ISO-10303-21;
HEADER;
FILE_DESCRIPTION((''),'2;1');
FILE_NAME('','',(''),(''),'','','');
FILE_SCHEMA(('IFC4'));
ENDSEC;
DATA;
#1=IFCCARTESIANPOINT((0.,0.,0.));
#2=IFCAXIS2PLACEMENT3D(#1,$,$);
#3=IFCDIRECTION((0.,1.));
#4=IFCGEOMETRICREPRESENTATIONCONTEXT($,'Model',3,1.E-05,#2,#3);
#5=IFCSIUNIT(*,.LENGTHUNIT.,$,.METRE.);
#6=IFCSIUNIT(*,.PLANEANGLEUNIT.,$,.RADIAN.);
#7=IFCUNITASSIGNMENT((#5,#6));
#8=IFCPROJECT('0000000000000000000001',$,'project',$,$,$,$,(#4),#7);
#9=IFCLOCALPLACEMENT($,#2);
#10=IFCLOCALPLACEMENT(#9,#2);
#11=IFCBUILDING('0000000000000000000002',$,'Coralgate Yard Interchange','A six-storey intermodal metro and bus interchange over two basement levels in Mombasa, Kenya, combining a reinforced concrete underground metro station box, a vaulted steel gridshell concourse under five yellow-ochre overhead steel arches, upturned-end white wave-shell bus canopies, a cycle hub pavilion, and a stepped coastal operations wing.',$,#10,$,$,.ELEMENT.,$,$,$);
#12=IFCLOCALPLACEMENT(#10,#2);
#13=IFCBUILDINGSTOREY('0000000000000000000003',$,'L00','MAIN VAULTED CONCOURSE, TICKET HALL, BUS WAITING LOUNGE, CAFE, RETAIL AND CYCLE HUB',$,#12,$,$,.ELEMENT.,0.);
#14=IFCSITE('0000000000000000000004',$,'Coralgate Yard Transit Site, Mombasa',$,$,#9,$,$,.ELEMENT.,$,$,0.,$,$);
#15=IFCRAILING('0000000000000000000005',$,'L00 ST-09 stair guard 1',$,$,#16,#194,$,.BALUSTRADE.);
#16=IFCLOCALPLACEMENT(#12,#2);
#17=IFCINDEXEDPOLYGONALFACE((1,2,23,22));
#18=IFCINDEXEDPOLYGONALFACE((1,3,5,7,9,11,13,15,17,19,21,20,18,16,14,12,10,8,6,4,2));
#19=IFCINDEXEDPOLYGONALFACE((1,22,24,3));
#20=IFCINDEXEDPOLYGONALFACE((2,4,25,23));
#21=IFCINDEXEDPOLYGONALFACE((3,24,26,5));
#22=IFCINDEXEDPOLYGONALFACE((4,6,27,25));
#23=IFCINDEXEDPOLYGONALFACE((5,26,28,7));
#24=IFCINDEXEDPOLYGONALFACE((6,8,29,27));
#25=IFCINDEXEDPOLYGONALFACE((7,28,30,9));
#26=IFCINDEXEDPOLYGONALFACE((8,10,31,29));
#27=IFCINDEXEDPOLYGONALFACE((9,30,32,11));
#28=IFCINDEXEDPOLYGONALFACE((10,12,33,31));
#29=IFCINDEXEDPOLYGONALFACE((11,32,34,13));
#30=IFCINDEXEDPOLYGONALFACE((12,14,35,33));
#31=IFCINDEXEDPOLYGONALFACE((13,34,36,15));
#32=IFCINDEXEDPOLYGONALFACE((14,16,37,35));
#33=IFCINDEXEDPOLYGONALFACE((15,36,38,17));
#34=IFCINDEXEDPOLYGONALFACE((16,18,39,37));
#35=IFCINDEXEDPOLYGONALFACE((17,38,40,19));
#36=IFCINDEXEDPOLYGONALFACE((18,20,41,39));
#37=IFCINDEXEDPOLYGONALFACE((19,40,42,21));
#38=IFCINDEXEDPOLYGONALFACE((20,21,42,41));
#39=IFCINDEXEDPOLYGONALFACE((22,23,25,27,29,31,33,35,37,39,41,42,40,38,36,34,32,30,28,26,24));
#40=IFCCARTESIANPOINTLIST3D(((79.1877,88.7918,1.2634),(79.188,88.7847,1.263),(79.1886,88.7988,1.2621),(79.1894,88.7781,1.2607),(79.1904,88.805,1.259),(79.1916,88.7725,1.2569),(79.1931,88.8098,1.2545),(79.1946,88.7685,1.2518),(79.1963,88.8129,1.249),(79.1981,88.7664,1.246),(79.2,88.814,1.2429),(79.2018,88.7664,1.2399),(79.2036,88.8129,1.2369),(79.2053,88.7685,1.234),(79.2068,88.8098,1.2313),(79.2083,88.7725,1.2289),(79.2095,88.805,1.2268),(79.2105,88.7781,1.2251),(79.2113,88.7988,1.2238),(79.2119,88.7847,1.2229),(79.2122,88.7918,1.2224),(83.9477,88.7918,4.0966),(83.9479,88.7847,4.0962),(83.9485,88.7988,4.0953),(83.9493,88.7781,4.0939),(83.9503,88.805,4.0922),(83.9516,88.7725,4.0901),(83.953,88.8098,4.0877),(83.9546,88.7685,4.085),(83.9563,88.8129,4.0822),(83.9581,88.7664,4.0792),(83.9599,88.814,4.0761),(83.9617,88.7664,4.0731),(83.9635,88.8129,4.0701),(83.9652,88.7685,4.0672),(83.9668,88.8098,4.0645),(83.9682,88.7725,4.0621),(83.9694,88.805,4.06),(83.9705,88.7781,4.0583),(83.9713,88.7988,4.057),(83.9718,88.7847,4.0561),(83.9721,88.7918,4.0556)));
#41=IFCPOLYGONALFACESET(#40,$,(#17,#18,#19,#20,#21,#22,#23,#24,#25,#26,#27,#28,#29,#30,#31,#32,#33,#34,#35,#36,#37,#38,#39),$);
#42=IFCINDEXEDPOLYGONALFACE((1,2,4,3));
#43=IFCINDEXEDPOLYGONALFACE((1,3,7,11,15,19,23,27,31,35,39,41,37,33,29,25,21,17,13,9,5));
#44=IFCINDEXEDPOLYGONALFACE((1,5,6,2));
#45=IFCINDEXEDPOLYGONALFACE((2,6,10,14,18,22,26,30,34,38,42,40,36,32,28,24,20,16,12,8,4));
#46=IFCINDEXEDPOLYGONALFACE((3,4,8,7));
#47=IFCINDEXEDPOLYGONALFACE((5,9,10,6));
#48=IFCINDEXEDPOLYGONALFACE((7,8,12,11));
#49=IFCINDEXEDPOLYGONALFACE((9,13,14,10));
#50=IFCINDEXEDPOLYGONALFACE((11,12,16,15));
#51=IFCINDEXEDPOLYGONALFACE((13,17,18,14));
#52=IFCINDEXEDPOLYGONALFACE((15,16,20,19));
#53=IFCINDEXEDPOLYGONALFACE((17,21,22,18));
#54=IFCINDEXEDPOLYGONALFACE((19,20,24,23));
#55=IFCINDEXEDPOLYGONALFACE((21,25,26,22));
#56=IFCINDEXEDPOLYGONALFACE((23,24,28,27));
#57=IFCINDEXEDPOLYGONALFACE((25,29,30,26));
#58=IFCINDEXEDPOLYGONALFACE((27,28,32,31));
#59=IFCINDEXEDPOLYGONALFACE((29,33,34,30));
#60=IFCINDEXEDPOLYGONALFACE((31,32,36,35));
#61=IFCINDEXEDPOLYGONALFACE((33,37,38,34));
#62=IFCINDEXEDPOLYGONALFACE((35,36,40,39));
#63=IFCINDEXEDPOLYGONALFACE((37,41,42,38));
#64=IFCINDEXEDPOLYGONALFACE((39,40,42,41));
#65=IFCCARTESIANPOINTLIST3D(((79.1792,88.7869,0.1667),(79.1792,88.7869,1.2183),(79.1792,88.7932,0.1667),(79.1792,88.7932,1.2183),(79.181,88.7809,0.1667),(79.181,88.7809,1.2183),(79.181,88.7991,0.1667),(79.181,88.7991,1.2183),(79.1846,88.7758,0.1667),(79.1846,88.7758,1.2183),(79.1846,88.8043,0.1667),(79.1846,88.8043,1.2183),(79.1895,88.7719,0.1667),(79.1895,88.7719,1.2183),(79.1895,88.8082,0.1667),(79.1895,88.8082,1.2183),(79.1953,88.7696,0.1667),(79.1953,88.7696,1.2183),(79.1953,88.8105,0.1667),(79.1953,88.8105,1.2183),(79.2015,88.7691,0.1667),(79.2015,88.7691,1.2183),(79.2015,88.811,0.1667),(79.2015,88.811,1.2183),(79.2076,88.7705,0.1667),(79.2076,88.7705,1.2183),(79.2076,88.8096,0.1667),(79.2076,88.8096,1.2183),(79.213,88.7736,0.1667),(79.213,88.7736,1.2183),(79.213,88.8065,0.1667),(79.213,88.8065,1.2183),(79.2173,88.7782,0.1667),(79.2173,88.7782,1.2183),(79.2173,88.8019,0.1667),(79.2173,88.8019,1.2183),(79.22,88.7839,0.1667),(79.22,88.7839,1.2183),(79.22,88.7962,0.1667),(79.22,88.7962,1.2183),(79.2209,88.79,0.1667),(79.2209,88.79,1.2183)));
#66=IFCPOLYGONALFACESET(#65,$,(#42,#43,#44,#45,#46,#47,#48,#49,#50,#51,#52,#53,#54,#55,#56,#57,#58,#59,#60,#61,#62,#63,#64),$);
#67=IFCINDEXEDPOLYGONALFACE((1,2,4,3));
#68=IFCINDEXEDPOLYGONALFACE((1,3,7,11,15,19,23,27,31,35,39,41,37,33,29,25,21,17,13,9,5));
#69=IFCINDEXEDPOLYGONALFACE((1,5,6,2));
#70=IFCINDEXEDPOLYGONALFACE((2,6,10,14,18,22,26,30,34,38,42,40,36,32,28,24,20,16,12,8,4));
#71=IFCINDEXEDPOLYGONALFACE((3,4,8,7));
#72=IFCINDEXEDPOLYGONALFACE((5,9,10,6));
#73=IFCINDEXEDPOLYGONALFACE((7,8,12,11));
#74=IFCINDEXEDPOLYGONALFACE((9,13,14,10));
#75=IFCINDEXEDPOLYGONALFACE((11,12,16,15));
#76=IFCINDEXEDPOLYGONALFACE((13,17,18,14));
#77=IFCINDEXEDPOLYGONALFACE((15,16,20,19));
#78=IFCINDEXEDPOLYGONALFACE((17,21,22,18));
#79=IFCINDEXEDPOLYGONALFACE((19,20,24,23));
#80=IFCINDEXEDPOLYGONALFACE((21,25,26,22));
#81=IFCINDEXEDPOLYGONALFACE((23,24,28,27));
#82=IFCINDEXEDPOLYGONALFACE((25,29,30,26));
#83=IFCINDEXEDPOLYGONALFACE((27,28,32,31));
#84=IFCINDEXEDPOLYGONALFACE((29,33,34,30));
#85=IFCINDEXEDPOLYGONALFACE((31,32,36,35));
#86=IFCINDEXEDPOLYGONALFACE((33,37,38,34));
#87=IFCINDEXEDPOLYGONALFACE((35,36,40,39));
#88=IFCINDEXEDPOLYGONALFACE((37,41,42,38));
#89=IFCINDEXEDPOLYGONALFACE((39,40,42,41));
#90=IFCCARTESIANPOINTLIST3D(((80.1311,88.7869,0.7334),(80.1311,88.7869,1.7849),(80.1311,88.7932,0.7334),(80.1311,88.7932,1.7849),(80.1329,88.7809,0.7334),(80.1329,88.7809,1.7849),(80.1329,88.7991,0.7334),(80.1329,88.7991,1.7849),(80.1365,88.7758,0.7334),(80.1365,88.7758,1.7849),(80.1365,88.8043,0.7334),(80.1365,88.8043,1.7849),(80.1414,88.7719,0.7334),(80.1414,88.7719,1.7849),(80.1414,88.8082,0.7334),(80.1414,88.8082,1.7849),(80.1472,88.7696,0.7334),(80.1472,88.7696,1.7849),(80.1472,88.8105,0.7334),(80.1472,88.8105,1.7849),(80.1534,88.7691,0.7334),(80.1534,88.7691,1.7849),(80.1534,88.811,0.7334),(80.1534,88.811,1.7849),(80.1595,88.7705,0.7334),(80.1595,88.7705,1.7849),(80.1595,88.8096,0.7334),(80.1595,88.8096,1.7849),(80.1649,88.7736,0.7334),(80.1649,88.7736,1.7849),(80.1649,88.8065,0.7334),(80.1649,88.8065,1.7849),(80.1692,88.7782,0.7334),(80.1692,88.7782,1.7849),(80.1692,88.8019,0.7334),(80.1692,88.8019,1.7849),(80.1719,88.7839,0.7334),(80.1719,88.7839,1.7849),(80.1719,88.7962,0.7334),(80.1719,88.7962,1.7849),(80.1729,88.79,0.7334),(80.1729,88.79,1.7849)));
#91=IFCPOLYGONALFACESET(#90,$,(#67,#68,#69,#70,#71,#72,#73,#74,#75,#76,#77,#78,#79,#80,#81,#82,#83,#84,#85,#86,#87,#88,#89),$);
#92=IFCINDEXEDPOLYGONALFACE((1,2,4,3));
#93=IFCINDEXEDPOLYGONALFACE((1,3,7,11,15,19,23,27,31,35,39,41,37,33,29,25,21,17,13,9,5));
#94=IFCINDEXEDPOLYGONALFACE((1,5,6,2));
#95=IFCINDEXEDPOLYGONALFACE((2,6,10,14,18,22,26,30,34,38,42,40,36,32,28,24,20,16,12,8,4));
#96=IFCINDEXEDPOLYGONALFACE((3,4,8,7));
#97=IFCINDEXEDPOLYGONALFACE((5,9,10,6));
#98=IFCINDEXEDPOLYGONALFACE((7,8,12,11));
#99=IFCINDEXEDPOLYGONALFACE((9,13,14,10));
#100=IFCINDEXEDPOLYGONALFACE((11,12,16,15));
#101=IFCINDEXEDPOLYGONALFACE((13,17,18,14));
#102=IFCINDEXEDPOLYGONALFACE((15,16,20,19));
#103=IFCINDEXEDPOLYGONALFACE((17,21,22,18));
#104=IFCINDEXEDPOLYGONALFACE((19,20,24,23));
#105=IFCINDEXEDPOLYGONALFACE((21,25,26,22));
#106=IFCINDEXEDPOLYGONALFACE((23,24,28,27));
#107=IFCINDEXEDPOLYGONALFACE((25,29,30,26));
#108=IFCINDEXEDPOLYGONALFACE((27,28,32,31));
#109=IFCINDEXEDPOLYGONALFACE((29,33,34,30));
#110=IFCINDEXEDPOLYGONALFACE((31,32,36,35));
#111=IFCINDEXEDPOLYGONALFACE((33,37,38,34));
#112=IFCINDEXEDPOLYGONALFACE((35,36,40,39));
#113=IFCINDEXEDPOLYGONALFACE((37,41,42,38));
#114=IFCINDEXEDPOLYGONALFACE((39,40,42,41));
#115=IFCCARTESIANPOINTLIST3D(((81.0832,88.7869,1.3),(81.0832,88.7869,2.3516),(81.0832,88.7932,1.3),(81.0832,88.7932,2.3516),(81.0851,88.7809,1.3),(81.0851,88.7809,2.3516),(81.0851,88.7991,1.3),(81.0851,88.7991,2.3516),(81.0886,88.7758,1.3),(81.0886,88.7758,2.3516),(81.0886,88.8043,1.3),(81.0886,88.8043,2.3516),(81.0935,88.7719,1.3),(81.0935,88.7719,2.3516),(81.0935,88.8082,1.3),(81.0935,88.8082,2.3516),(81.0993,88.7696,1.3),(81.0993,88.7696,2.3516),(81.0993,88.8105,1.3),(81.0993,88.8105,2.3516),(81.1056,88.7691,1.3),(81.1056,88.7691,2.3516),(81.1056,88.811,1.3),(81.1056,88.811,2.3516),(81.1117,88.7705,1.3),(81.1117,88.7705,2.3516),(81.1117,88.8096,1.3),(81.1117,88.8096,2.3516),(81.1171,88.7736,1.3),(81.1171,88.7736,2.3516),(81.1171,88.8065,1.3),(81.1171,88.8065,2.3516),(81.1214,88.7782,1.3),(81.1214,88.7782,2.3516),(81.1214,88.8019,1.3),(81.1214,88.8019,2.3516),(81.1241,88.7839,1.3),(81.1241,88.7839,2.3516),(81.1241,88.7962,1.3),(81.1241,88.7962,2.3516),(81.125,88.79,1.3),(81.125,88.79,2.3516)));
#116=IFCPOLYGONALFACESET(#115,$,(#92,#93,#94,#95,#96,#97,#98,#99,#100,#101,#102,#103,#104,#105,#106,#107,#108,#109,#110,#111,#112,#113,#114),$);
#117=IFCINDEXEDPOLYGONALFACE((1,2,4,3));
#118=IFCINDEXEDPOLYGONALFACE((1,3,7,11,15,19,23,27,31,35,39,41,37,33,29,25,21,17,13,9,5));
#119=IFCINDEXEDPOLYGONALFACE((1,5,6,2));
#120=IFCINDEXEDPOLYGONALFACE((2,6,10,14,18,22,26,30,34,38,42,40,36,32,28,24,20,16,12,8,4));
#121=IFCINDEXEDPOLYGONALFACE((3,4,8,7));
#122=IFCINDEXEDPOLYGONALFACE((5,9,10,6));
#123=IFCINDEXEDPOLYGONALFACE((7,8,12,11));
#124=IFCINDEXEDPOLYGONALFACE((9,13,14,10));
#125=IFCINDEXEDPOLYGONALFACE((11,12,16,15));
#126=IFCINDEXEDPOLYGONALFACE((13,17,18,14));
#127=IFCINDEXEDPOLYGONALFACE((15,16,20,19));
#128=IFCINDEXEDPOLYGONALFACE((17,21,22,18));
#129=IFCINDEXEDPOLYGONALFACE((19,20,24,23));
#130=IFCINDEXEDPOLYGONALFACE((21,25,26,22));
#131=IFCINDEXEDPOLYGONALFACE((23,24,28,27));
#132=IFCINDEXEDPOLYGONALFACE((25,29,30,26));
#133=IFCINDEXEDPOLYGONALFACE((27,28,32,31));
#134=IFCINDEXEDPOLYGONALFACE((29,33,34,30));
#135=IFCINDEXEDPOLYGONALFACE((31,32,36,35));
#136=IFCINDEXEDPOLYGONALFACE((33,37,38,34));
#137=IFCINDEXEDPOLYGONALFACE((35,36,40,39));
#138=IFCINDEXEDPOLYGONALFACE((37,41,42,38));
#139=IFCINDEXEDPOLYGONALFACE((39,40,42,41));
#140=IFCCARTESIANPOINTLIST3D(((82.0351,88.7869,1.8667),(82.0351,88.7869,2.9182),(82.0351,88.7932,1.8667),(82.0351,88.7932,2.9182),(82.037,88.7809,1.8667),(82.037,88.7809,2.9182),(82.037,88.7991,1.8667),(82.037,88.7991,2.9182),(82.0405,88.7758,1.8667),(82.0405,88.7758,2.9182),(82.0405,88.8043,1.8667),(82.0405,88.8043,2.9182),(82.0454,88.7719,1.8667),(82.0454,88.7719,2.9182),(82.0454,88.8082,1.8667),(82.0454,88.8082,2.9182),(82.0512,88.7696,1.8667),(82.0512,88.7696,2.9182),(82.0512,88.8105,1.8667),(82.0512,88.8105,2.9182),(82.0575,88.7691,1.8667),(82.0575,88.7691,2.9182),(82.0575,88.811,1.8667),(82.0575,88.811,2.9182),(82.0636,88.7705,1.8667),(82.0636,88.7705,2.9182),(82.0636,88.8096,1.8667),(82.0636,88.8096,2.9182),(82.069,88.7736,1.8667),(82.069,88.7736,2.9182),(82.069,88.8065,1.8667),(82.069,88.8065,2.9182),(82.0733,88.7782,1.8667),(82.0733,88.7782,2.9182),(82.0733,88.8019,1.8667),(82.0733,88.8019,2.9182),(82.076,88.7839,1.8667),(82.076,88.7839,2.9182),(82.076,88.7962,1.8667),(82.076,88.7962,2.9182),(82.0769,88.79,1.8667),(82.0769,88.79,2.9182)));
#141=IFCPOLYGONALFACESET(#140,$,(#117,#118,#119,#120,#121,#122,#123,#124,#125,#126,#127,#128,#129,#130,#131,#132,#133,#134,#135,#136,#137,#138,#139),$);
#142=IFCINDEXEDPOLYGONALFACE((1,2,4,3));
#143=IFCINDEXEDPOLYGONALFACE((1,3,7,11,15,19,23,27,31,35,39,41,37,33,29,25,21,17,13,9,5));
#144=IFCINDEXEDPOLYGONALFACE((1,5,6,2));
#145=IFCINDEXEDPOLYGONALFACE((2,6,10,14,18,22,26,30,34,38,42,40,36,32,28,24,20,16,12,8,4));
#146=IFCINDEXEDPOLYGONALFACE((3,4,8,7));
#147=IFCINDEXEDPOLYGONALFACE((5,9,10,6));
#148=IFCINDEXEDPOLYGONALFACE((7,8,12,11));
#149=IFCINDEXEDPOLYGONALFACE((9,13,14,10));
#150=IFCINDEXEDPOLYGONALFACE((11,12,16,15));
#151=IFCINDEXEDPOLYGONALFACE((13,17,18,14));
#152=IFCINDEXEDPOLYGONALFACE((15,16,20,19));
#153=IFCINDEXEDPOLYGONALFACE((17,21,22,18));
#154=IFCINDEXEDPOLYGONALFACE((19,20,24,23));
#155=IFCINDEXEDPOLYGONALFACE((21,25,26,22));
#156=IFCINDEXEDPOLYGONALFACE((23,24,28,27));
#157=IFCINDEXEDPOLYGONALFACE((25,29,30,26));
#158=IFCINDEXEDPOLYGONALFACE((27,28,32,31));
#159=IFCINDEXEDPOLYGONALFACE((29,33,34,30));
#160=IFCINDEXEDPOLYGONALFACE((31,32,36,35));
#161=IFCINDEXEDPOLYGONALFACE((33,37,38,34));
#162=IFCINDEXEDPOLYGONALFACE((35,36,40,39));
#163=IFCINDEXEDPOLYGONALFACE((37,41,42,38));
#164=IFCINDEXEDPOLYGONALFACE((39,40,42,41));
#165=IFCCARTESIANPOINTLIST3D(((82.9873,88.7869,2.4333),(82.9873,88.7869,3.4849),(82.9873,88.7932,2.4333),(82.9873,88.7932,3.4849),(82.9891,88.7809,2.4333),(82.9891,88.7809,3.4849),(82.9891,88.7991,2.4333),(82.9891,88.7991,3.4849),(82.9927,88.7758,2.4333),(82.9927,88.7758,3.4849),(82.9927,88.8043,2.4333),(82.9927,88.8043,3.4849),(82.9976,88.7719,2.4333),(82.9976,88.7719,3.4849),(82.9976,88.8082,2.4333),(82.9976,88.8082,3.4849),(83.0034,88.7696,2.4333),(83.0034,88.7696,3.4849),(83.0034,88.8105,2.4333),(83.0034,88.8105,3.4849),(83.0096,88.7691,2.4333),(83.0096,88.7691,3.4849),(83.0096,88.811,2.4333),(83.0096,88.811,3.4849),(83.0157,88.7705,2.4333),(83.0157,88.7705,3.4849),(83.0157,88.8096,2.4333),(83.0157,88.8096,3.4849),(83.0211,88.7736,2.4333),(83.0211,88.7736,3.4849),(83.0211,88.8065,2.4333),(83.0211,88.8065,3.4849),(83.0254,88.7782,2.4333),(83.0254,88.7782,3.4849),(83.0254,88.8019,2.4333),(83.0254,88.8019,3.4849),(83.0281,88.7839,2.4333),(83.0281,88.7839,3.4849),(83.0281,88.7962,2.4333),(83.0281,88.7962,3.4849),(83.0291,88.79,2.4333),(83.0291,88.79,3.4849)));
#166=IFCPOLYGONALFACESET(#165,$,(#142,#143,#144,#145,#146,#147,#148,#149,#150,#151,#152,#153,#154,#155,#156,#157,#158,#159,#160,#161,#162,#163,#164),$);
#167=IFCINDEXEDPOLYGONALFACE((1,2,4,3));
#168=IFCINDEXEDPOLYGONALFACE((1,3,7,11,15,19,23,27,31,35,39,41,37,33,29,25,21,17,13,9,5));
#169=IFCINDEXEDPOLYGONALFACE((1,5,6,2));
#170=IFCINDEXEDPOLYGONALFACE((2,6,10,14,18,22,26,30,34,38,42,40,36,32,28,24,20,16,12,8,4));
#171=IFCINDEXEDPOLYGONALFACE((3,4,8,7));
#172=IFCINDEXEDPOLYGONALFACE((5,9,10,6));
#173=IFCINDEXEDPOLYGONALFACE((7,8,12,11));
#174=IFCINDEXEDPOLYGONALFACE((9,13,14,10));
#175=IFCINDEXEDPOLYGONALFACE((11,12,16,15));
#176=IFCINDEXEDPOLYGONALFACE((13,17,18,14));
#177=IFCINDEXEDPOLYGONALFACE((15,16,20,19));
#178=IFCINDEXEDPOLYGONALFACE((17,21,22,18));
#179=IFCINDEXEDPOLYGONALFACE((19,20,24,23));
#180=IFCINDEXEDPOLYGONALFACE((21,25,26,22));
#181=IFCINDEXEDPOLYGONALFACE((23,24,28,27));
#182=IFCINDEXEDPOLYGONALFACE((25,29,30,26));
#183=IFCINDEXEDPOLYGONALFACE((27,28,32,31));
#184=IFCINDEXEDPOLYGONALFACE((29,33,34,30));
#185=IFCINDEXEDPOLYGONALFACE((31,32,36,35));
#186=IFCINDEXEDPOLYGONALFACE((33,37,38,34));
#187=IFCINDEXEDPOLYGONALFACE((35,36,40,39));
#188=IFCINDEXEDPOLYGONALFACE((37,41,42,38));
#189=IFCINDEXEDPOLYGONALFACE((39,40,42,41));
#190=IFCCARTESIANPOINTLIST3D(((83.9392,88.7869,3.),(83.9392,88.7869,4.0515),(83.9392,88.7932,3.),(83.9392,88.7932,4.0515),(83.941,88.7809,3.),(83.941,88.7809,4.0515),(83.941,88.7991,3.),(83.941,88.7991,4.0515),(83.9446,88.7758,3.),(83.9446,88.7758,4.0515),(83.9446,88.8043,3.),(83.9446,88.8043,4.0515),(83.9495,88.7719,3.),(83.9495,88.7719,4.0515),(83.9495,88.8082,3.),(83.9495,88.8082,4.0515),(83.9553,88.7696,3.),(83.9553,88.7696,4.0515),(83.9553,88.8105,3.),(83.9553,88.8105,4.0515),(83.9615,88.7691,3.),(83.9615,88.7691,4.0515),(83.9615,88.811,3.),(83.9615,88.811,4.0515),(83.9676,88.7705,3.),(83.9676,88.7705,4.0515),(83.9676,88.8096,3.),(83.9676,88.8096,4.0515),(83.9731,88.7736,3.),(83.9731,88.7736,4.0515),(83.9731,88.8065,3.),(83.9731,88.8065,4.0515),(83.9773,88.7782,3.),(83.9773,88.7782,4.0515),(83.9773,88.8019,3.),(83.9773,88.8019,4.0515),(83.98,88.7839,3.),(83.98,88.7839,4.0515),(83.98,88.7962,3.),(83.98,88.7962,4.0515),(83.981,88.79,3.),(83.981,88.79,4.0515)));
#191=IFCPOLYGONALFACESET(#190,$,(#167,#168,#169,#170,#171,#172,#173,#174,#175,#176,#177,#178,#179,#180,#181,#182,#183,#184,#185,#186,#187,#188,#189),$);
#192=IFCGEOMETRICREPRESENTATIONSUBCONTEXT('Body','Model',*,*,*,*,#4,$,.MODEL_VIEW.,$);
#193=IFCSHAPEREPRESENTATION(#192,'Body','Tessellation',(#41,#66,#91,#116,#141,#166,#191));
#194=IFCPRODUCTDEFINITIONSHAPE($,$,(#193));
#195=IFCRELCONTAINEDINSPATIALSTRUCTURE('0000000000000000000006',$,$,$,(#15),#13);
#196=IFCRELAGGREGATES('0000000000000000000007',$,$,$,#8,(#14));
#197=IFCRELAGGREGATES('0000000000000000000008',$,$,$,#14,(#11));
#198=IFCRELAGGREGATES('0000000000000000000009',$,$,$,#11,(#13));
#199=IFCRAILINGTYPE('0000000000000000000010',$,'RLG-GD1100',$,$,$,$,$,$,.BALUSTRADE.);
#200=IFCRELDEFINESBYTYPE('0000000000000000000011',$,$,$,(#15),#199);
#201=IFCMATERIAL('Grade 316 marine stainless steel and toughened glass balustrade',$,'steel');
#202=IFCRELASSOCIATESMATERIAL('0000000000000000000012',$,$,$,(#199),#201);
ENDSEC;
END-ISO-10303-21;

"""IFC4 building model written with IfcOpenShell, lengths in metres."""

from ifc_helpers import new_model, si_unit, direction, frame, origin, origin_2d, place, context, subcontext, project, spatial, circle, extrude, material, type_object, element, save


model = new_model("IFC4")

# Units and contexts
model_context = context("Model", 3, precision=1e-05, world=origin(), true_north=direction((0.0, 1.0)))
body_context = subcontext(model_context, "Body", "Model", "MODEL_VIEW")
ifc_project = project(units=[si_unit("LENGTHUNIT", "METRE"), si_unit("PLANEANGLEUNIT", "RADIAN")], contexts=[model_context])

# Site, building, storey
site_placement = place(None, origin())
site = spatial("IfcSite", under=ifc_project, at=site_placement, Name="Coralgate Yard Transit Site, Mombasa", CompositionType="ELEMENT", RefElevation=0.0)
building_placement = place(site_placement, origin())
building = spatial("IfcBuilding", under=site, at=building_placement, Name="Coralgate Yard Interchange", Description="A six-storey intermodal metro and bus interchange over two basement levels in Mombasa, Kenya, combining a reinforced concrete underground metro station box, a vaulted steel gridshell concourse under five yellow-ochre overhead steel arches, upturned-end white wave-shell bus canopies, a cycle hub pavilion, and a stepped coastal operations wing.", CompositionType="ELEMENT")
storey_placement = place(building_placement, origin())
storey = spatial("IfcBuildingStorey", under=building, at=storey_placement, Name="L00", Description="MAIN VAULTED CONCOURSE, TICKET HALL, BUS WAITING LOUNGE, CAFE, RETAIL AND CYCLE HUB", CompositionType="ELEMENT", Elevation=0.0)

# Railing
ifc_material_1 = material(Name="Grade 316 marine stainless steel and toughened glass balustrade", Category="steel")
railing_type_1 = type_object("IfcRailingType", Name="RLG-GD1100", PredefinedType="BALUSTRADE", material=ifc_material_1)
railing_1_placement = place(storey_placement, frame((79.2, 88.79, 0.1667)))
element("IfcRailing", 1, at=railing_1_placement, inside=storey, type_object=railing_type_1, Name="L00 ST-09 stair guard 1", PredefinedType="BALUSTRADE", context=body_context, shape_type="SweptSolid", body=[
    extrude(circle(Radius=0.0239, at=origin_2d()), frame((0.0, 0.0, 1.0762), z_axis=(0.8593, 0.0, 0.511472), x_axis=(0.0, 1.0, 0.0)), (0.0, 0.0, 1.0), 5.5393),
    extrude(circle(Radius=0.021, at=origin_2d()), origin(), (0.0, 0.0, 1.0), 1.0515),
    extrude(circle(Radius=0.021, at=origin_2d()), frame((0.9519, 0.0, 0.5667)), (0.0, 0.0, 1.0), 1.0515),
    extrude(circle(Radius=0.021, at=origin_2d()), frame((1.9041, 0.0, 1.1333)), (0.0, 0.0, 1.0), 1.0515),
    extrude(circle(Radius=0.021, at=origin_2d()), frame((2.856, 0.0, 1.7)), (0.0, 0.0, 1.0), 1.0515),
    extrude(circle(Radius=0.021, at=origin_2d()), frame((3.8081, 0.0, 2.2666)), (0.0, 0.0, 1.0), 1.0515),
    extrude(circle(Radius=0.021, at=origin_2d()), frame((4.76, 0.0, 2.8333)), (0.0, 0.0, 1.0), 1.0515),
])

save(model, "model.ifc")
